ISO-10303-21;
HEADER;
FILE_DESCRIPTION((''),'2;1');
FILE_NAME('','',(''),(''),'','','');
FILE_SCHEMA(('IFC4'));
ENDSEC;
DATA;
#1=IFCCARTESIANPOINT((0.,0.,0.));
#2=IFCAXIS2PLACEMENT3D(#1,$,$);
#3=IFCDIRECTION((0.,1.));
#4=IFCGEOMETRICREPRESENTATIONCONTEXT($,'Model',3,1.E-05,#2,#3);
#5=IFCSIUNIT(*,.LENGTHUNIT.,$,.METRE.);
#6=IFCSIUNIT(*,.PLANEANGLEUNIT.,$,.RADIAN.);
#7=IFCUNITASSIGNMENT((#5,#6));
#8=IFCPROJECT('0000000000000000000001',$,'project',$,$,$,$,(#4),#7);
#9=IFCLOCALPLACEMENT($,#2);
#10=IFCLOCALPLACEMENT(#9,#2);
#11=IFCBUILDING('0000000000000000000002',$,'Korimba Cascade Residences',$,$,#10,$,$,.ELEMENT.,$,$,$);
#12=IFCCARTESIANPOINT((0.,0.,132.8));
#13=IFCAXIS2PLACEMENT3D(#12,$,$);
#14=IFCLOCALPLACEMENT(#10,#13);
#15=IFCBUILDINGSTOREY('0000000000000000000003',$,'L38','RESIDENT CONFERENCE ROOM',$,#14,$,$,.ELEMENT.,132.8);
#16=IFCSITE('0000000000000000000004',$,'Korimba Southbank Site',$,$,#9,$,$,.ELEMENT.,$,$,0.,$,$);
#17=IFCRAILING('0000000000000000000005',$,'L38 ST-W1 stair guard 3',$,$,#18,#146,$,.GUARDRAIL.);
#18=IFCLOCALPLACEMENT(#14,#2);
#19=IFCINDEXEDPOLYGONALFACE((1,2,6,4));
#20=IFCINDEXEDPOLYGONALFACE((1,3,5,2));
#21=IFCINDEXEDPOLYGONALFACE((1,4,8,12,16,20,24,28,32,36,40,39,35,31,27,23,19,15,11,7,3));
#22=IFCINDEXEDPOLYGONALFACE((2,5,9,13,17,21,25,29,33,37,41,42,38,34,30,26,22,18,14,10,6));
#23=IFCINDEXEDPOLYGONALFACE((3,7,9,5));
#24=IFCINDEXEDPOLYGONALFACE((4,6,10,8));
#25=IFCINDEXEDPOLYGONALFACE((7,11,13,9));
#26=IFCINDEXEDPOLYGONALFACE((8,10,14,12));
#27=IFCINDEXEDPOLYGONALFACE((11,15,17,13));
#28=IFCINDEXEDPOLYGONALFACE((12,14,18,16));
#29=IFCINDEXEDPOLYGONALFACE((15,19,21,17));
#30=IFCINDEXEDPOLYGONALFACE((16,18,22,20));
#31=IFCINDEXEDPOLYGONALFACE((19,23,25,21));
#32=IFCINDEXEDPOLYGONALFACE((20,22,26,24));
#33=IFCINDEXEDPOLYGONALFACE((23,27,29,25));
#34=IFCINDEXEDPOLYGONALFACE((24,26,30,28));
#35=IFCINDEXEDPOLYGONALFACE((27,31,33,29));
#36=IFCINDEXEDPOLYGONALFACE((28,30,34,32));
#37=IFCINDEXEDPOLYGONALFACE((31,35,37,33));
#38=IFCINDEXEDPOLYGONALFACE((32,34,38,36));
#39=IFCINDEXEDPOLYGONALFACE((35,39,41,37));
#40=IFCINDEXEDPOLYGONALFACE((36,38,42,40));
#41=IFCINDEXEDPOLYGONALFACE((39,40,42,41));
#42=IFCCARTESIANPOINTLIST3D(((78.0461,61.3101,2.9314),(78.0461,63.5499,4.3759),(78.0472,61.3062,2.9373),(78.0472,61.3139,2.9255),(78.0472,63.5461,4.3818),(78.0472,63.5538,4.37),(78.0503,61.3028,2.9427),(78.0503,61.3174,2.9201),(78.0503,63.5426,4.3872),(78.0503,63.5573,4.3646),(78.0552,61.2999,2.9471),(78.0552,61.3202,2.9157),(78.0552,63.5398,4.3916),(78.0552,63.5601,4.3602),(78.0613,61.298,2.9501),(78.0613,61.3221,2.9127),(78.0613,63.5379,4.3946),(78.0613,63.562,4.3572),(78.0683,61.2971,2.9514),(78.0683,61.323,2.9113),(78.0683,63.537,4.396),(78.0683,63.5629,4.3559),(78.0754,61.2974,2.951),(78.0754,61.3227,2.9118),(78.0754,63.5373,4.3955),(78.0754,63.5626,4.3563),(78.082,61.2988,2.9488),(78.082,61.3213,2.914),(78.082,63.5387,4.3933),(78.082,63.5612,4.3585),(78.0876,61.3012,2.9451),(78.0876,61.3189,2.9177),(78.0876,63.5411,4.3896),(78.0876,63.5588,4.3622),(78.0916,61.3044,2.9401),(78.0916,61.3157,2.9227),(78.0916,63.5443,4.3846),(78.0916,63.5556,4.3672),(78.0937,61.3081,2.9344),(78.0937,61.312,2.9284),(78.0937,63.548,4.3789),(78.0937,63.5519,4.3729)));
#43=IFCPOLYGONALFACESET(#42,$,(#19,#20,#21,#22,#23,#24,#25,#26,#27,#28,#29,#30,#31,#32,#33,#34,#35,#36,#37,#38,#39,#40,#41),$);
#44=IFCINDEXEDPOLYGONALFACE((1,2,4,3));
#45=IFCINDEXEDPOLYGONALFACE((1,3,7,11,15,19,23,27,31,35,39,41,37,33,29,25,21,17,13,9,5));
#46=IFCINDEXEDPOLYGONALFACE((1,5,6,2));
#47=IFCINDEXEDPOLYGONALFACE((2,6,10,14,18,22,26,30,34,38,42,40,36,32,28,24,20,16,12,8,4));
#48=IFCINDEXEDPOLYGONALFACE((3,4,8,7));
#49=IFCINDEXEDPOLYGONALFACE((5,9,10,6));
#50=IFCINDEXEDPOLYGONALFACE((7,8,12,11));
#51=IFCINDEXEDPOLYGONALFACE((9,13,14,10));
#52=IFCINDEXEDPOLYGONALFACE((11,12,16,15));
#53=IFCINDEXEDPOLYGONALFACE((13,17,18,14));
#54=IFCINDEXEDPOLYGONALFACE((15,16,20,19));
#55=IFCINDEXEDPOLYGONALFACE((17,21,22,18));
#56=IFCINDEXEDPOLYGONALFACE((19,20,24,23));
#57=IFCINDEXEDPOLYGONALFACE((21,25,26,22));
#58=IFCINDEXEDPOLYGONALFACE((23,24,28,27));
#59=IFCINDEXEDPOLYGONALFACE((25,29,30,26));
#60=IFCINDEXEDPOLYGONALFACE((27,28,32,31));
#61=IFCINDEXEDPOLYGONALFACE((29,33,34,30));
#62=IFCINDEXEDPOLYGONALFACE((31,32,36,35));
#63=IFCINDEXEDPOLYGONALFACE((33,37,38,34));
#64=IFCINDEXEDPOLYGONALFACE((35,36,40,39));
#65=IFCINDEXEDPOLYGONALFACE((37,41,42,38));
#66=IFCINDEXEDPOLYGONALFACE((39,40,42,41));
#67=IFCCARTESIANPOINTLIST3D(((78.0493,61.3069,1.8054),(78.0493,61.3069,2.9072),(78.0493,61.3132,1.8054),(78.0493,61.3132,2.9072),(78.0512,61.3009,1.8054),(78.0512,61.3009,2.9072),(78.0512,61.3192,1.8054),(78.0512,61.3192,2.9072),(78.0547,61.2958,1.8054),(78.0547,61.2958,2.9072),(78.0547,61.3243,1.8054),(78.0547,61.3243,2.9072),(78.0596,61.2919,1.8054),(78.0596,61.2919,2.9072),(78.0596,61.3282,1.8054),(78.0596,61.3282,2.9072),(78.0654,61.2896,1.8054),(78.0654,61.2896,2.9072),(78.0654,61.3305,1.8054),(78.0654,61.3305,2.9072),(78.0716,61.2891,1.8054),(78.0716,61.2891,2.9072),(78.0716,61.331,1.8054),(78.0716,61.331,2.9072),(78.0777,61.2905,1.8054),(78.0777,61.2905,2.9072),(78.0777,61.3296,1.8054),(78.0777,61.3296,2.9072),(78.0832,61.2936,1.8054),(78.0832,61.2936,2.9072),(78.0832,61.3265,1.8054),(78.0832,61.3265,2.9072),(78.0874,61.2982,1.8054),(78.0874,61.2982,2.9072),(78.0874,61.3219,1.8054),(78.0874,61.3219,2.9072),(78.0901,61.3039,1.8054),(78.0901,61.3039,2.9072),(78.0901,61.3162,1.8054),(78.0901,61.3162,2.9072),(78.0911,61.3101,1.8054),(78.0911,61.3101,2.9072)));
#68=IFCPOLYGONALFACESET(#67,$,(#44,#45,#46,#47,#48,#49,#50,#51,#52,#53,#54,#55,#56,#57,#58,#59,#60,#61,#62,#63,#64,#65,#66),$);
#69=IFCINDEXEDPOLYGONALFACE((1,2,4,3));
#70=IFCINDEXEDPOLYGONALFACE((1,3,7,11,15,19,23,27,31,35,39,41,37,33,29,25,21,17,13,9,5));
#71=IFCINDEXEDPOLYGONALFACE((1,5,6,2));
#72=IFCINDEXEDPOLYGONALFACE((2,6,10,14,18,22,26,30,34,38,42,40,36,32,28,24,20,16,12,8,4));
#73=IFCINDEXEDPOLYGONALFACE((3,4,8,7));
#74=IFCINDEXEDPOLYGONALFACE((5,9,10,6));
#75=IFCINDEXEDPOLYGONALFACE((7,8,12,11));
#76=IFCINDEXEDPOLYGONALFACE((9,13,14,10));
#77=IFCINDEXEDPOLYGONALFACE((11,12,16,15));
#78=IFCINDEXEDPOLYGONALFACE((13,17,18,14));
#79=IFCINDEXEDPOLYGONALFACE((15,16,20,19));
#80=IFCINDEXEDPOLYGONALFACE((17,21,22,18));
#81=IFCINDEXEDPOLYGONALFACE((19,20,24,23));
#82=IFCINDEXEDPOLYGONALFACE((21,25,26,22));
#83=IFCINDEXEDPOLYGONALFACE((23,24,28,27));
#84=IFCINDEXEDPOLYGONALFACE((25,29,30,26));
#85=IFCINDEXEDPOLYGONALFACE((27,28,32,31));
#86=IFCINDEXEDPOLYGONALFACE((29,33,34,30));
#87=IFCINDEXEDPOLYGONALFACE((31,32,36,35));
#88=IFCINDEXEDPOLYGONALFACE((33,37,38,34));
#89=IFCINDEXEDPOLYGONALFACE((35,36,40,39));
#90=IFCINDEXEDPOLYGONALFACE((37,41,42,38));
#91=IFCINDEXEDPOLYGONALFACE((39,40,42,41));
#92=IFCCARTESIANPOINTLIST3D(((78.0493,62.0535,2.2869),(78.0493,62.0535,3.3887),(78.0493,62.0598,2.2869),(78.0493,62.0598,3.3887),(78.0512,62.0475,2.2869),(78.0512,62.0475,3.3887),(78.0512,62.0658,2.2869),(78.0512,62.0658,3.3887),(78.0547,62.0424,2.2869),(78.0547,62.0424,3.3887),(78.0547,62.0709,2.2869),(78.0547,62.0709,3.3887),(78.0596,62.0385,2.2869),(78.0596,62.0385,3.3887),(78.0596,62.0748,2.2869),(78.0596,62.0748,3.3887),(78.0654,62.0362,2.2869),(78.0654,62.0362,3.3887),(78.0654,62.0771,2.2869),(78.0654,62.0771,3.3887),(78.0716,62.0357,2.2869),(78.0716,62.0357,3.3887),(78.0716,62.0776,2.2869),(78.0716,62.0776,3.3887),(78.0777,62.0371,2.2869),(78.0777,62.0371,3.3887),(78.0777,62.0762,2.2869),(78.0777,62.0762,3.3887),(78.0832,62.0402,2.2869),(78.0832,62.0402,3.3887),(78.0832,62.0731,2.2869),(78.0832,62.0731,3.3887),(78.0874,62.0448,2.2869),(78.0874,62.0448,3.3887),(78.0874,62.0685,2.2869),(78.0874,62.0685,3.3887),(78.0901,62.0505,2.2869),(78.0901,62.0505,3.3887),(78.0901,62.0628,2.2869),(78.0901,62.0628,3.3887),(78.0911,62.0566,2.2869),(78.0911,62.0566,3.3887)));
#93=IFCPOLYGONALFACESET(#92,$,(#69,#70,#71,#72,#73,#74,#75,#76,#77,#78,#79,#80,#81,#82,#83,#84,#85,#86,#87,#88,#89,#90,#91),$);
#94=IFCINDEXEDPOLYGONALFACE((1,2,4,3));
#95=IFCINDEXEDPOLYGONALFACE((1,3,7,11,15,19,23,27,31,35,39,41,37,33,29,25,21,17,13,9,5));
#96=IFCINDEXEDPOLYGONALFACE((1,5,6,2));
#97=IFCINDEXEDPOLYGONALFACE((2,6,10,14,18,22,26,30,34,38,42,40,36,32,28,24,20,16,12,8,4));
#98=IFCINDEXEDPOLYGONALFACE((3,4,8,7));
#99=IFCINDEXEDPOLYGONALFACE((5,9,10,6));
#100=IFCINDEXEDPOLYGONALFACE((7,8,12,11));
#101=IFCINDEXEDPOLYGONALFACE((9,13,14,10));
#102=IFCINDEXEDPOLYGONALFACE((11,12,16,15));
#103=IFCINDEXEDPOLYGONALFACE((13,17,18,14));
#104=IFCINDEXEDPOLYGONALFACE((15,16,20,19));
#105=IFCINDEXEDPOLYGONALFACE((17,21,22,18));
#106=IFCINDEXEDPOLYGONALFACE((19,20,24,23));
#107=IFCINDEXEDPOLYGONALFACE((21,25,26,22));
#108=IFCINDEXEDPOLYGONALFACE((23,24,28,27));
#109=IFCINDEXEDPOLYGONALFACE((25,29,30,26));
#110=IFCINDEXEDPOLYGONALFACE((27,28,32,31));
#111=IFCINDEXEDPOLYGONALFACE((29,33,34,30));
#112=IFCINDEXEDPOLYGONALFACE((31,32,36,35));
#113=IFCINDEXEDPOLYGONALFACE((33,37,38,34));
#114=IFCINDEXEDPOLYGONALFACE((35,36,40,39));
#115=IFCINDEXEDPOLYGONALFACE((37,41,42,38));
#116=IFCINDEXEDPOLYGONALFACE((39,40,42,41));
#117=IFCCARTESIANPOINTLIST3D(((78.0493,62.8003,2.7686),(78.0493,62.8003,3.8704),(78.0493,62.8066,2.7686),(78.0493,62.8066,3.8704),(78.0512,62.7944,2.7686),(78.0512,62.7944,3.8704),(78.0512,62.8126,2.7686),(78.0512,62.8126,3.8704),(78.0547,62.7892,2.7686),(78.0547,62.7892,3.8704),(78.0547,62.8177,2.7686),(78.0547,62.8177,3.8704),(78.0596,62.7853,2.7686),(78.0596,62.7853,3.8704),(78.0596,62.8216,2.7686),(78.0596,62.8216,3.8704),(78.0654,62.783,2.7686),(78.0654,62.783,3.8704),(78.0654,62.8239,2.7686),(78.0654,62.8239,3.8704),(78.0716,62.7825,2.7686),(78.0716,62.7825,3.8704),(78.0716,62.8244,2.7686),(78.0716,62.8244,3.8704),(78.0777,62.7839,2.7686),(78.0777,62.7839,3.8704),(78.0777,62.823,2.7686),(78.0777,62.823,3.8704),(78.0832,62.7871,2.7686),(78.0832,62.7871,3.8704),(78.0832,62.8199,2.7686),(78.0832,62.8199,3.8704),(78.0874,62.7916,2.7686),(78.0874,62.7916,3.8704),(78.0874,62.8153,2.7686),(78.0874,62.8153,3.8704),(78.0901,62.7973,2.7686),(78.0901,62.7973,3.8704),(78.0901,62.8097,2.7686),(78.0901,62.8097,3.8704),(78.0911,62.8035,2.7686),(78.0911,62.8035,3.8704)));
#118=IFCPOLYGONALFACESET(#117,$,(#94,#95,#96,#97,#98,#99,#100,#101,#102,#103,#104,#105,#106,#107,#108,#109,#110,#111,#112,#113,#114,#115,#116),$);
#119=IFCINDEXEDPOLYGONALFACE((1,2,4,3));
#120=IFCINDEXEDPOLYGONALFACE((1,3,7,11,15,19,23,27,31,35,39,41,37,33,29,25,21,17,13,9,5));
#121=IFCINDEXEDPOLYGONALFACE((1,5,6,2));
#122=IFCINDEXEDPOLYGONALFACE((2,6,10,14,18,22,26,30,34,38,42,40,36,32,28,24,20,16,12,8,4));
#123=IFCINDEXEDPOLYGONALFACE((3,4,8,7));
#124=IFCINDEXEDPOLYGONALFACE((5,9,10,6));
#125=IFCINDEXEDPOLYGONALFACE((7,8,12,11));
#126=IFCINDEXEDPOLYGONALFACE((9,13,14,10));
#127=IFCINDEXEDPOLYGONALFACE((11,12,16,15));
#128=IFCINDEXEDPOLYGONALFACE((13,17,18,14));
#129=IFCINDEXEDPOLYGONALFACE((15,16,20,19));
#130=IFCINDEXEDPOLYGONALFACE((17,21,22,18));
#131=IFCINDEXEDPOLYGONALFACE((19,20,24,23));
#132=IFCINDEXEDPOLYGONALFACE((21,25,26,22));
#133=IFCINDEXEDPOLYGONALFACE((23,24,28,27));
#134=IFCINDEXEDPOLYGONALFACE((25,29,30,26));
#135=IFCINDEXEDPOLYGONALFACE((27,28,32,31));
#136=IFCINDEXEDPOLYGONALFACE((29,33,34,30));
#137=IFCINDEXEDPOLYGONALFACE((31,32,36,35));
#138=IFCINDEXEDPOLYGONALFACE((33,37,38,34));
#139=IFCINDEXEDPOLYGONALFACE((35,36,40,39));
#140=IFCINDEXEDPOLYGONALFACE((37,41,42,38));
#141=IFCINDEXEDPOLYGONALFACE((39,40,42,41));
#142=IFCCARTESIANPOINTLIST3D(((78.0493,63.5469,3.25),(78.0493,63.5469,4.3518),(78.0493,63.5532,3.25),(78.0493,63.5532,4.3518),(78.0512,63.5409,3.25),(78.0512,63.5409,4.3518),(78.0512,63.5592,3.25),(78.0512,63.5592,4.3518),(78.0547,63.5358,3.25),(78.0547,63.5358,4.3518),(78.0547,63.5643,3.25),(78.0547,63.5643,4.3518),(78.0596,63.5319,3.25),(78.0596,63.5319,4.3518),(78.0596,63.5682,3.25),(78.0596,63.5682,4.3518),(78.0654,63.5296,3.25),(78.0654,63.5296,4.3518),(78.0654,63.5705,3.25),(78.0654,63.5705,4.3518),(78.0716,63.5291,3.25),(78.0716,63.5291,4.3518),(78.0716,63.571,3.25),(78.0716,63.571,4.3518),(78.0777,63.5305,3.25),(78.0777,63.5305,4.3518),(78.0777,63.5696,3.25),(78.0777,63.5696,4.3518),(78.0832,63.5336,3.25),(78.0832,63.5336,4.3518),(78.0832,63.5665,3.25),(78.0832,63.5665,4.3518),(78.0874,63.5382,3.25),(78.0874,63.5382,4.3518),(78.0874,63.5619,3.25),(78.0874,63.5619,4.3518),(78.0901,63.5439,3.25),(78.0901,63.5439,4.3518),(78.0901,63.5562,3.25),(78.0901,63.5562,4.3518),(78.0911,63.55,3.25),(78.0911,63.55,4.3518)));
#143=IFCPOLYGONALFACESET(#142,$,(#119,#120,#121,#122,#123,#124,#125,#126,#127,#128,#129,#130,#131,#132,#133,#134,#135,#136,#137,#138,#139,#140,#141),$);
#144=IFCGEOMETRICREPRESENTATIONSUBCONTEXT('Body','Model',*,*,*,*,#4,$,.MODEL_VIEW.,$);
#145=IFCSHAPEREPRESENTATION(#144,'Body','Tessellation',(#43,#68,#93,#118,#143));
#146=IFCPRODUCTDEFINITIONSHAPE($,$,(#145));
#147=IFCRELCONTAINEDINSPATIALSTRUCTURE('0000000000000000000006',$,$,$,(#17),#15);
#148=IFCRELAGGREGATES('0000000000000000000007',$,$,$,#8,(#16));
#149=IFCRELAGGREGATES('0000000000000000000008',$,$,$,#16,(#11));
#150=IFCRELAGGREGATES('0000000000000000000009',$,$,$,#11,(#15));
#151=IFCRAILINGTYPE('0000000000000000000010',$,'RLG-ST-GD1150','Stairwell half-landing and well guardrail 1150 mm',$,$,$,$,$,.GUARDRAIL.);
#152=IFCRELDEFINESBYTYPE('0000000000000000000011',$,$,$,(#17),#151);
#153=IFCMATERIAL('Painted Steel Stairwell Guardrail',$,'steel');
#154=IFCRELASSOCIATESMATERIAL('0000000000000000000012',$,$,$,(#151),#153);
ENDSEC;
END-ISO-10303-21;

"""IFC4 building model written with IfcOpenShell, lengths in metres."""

from ifc_helpers import new_model, si_unit, direction, frame, origin, origin_2d, place, context, subcontext, project, spatial, circle, extrude, material, type_object, element, save


model = new_model("IFC4")

# Units and contexts
model_context = context("Model", 3, precision=1e-05, world=origin(), true_north=direction((0.0, 1.0)))
body_context = subcontext(model_context, "Body", "Model", "MODEL_VIEW")
ifc_project = project(units=[si_unit("LENGTHUNIT", "METRE"), si_unit("PLANEANGLEUNIT", "RADIAN")], contexts=[model_context])

# Site, building, storey
site_placement = place(None, origin())
site = spatial("IfcSite", under=ifc_project, at=site_placement, Name="Korimba Southbank Site", CompositionType="ELEMENT", RefElevation=0.0)
building_placement = place(site_placement, origin())
building = spatial("IfcBuilding", under=site, at=building_placement, Name="Korimba Cascade Residences", CompositionType="ELEMENT")
storey_placement = place(building_placement, frame((0.0, 0.0, 132.8)))
storey = spatial("IfcBuildingStorey", under=building, at=storey_placement, Name="L38", Description="RESIDENT CONFERENCE ROOM", CompositionType="ELEMENT", Elevation=132.8)

# Railing
ifc_material_1 = material(Name="Painted Steel Stairwell Guardrail", Category="steel")
railing_type_1 = type_object("IfcRailingType", Name="RLG-ST-GD1150", Description="Stairwell half-landing and well guardrail 1150 mm", PredefinedType="GUARDRAIL", material=ifc_material_1)
railing_1_placement = place(storey_placement, frame((78.0701, 61.3101, 1.8054)))
element("IfcRailing", 1, at=railing_1_placement, inside=storey, type_object=railing_type_1, Name="L38 ST-W1 stair guard 3", PredefinedType="GUARDRAIL", context=body_context, shape_type="SweptSolid", body=[
    extrude(circle(Radius=0.0239, at=origin_2d()), frame((0.0, 0.0, 1.126), z_axis=(0.0, 0.840395, 0.541975), x_axis=(-1.0, 0.0, 0.0)), (0.0, 0.0, 1.0), 2.6653),
    extrude(circle(Radius=0.021, at=origin_2d()), origin(), (0.0, 0.0, 1.0), 1.1018),
    extrude(circle(Radius=0.021, at=origin_2d()), frame((0.0, 0.7466, 0.4814)), (0.0, 0.0, 1.0), 1.1018),
    extrude(circle(Radius=0.021, at=origin_2d()), frame((0.0, 1.4934, 0.9631)), (0.0, 0.0, 1.0), 1.1018),
    extrude(circle(Radius=0.021, at=origin_2d()), frame((0.0, 2.24, 1.4446)), (0.0, 0.0, 1.0), 1.1018),
])

save(model, "model.ifc")
